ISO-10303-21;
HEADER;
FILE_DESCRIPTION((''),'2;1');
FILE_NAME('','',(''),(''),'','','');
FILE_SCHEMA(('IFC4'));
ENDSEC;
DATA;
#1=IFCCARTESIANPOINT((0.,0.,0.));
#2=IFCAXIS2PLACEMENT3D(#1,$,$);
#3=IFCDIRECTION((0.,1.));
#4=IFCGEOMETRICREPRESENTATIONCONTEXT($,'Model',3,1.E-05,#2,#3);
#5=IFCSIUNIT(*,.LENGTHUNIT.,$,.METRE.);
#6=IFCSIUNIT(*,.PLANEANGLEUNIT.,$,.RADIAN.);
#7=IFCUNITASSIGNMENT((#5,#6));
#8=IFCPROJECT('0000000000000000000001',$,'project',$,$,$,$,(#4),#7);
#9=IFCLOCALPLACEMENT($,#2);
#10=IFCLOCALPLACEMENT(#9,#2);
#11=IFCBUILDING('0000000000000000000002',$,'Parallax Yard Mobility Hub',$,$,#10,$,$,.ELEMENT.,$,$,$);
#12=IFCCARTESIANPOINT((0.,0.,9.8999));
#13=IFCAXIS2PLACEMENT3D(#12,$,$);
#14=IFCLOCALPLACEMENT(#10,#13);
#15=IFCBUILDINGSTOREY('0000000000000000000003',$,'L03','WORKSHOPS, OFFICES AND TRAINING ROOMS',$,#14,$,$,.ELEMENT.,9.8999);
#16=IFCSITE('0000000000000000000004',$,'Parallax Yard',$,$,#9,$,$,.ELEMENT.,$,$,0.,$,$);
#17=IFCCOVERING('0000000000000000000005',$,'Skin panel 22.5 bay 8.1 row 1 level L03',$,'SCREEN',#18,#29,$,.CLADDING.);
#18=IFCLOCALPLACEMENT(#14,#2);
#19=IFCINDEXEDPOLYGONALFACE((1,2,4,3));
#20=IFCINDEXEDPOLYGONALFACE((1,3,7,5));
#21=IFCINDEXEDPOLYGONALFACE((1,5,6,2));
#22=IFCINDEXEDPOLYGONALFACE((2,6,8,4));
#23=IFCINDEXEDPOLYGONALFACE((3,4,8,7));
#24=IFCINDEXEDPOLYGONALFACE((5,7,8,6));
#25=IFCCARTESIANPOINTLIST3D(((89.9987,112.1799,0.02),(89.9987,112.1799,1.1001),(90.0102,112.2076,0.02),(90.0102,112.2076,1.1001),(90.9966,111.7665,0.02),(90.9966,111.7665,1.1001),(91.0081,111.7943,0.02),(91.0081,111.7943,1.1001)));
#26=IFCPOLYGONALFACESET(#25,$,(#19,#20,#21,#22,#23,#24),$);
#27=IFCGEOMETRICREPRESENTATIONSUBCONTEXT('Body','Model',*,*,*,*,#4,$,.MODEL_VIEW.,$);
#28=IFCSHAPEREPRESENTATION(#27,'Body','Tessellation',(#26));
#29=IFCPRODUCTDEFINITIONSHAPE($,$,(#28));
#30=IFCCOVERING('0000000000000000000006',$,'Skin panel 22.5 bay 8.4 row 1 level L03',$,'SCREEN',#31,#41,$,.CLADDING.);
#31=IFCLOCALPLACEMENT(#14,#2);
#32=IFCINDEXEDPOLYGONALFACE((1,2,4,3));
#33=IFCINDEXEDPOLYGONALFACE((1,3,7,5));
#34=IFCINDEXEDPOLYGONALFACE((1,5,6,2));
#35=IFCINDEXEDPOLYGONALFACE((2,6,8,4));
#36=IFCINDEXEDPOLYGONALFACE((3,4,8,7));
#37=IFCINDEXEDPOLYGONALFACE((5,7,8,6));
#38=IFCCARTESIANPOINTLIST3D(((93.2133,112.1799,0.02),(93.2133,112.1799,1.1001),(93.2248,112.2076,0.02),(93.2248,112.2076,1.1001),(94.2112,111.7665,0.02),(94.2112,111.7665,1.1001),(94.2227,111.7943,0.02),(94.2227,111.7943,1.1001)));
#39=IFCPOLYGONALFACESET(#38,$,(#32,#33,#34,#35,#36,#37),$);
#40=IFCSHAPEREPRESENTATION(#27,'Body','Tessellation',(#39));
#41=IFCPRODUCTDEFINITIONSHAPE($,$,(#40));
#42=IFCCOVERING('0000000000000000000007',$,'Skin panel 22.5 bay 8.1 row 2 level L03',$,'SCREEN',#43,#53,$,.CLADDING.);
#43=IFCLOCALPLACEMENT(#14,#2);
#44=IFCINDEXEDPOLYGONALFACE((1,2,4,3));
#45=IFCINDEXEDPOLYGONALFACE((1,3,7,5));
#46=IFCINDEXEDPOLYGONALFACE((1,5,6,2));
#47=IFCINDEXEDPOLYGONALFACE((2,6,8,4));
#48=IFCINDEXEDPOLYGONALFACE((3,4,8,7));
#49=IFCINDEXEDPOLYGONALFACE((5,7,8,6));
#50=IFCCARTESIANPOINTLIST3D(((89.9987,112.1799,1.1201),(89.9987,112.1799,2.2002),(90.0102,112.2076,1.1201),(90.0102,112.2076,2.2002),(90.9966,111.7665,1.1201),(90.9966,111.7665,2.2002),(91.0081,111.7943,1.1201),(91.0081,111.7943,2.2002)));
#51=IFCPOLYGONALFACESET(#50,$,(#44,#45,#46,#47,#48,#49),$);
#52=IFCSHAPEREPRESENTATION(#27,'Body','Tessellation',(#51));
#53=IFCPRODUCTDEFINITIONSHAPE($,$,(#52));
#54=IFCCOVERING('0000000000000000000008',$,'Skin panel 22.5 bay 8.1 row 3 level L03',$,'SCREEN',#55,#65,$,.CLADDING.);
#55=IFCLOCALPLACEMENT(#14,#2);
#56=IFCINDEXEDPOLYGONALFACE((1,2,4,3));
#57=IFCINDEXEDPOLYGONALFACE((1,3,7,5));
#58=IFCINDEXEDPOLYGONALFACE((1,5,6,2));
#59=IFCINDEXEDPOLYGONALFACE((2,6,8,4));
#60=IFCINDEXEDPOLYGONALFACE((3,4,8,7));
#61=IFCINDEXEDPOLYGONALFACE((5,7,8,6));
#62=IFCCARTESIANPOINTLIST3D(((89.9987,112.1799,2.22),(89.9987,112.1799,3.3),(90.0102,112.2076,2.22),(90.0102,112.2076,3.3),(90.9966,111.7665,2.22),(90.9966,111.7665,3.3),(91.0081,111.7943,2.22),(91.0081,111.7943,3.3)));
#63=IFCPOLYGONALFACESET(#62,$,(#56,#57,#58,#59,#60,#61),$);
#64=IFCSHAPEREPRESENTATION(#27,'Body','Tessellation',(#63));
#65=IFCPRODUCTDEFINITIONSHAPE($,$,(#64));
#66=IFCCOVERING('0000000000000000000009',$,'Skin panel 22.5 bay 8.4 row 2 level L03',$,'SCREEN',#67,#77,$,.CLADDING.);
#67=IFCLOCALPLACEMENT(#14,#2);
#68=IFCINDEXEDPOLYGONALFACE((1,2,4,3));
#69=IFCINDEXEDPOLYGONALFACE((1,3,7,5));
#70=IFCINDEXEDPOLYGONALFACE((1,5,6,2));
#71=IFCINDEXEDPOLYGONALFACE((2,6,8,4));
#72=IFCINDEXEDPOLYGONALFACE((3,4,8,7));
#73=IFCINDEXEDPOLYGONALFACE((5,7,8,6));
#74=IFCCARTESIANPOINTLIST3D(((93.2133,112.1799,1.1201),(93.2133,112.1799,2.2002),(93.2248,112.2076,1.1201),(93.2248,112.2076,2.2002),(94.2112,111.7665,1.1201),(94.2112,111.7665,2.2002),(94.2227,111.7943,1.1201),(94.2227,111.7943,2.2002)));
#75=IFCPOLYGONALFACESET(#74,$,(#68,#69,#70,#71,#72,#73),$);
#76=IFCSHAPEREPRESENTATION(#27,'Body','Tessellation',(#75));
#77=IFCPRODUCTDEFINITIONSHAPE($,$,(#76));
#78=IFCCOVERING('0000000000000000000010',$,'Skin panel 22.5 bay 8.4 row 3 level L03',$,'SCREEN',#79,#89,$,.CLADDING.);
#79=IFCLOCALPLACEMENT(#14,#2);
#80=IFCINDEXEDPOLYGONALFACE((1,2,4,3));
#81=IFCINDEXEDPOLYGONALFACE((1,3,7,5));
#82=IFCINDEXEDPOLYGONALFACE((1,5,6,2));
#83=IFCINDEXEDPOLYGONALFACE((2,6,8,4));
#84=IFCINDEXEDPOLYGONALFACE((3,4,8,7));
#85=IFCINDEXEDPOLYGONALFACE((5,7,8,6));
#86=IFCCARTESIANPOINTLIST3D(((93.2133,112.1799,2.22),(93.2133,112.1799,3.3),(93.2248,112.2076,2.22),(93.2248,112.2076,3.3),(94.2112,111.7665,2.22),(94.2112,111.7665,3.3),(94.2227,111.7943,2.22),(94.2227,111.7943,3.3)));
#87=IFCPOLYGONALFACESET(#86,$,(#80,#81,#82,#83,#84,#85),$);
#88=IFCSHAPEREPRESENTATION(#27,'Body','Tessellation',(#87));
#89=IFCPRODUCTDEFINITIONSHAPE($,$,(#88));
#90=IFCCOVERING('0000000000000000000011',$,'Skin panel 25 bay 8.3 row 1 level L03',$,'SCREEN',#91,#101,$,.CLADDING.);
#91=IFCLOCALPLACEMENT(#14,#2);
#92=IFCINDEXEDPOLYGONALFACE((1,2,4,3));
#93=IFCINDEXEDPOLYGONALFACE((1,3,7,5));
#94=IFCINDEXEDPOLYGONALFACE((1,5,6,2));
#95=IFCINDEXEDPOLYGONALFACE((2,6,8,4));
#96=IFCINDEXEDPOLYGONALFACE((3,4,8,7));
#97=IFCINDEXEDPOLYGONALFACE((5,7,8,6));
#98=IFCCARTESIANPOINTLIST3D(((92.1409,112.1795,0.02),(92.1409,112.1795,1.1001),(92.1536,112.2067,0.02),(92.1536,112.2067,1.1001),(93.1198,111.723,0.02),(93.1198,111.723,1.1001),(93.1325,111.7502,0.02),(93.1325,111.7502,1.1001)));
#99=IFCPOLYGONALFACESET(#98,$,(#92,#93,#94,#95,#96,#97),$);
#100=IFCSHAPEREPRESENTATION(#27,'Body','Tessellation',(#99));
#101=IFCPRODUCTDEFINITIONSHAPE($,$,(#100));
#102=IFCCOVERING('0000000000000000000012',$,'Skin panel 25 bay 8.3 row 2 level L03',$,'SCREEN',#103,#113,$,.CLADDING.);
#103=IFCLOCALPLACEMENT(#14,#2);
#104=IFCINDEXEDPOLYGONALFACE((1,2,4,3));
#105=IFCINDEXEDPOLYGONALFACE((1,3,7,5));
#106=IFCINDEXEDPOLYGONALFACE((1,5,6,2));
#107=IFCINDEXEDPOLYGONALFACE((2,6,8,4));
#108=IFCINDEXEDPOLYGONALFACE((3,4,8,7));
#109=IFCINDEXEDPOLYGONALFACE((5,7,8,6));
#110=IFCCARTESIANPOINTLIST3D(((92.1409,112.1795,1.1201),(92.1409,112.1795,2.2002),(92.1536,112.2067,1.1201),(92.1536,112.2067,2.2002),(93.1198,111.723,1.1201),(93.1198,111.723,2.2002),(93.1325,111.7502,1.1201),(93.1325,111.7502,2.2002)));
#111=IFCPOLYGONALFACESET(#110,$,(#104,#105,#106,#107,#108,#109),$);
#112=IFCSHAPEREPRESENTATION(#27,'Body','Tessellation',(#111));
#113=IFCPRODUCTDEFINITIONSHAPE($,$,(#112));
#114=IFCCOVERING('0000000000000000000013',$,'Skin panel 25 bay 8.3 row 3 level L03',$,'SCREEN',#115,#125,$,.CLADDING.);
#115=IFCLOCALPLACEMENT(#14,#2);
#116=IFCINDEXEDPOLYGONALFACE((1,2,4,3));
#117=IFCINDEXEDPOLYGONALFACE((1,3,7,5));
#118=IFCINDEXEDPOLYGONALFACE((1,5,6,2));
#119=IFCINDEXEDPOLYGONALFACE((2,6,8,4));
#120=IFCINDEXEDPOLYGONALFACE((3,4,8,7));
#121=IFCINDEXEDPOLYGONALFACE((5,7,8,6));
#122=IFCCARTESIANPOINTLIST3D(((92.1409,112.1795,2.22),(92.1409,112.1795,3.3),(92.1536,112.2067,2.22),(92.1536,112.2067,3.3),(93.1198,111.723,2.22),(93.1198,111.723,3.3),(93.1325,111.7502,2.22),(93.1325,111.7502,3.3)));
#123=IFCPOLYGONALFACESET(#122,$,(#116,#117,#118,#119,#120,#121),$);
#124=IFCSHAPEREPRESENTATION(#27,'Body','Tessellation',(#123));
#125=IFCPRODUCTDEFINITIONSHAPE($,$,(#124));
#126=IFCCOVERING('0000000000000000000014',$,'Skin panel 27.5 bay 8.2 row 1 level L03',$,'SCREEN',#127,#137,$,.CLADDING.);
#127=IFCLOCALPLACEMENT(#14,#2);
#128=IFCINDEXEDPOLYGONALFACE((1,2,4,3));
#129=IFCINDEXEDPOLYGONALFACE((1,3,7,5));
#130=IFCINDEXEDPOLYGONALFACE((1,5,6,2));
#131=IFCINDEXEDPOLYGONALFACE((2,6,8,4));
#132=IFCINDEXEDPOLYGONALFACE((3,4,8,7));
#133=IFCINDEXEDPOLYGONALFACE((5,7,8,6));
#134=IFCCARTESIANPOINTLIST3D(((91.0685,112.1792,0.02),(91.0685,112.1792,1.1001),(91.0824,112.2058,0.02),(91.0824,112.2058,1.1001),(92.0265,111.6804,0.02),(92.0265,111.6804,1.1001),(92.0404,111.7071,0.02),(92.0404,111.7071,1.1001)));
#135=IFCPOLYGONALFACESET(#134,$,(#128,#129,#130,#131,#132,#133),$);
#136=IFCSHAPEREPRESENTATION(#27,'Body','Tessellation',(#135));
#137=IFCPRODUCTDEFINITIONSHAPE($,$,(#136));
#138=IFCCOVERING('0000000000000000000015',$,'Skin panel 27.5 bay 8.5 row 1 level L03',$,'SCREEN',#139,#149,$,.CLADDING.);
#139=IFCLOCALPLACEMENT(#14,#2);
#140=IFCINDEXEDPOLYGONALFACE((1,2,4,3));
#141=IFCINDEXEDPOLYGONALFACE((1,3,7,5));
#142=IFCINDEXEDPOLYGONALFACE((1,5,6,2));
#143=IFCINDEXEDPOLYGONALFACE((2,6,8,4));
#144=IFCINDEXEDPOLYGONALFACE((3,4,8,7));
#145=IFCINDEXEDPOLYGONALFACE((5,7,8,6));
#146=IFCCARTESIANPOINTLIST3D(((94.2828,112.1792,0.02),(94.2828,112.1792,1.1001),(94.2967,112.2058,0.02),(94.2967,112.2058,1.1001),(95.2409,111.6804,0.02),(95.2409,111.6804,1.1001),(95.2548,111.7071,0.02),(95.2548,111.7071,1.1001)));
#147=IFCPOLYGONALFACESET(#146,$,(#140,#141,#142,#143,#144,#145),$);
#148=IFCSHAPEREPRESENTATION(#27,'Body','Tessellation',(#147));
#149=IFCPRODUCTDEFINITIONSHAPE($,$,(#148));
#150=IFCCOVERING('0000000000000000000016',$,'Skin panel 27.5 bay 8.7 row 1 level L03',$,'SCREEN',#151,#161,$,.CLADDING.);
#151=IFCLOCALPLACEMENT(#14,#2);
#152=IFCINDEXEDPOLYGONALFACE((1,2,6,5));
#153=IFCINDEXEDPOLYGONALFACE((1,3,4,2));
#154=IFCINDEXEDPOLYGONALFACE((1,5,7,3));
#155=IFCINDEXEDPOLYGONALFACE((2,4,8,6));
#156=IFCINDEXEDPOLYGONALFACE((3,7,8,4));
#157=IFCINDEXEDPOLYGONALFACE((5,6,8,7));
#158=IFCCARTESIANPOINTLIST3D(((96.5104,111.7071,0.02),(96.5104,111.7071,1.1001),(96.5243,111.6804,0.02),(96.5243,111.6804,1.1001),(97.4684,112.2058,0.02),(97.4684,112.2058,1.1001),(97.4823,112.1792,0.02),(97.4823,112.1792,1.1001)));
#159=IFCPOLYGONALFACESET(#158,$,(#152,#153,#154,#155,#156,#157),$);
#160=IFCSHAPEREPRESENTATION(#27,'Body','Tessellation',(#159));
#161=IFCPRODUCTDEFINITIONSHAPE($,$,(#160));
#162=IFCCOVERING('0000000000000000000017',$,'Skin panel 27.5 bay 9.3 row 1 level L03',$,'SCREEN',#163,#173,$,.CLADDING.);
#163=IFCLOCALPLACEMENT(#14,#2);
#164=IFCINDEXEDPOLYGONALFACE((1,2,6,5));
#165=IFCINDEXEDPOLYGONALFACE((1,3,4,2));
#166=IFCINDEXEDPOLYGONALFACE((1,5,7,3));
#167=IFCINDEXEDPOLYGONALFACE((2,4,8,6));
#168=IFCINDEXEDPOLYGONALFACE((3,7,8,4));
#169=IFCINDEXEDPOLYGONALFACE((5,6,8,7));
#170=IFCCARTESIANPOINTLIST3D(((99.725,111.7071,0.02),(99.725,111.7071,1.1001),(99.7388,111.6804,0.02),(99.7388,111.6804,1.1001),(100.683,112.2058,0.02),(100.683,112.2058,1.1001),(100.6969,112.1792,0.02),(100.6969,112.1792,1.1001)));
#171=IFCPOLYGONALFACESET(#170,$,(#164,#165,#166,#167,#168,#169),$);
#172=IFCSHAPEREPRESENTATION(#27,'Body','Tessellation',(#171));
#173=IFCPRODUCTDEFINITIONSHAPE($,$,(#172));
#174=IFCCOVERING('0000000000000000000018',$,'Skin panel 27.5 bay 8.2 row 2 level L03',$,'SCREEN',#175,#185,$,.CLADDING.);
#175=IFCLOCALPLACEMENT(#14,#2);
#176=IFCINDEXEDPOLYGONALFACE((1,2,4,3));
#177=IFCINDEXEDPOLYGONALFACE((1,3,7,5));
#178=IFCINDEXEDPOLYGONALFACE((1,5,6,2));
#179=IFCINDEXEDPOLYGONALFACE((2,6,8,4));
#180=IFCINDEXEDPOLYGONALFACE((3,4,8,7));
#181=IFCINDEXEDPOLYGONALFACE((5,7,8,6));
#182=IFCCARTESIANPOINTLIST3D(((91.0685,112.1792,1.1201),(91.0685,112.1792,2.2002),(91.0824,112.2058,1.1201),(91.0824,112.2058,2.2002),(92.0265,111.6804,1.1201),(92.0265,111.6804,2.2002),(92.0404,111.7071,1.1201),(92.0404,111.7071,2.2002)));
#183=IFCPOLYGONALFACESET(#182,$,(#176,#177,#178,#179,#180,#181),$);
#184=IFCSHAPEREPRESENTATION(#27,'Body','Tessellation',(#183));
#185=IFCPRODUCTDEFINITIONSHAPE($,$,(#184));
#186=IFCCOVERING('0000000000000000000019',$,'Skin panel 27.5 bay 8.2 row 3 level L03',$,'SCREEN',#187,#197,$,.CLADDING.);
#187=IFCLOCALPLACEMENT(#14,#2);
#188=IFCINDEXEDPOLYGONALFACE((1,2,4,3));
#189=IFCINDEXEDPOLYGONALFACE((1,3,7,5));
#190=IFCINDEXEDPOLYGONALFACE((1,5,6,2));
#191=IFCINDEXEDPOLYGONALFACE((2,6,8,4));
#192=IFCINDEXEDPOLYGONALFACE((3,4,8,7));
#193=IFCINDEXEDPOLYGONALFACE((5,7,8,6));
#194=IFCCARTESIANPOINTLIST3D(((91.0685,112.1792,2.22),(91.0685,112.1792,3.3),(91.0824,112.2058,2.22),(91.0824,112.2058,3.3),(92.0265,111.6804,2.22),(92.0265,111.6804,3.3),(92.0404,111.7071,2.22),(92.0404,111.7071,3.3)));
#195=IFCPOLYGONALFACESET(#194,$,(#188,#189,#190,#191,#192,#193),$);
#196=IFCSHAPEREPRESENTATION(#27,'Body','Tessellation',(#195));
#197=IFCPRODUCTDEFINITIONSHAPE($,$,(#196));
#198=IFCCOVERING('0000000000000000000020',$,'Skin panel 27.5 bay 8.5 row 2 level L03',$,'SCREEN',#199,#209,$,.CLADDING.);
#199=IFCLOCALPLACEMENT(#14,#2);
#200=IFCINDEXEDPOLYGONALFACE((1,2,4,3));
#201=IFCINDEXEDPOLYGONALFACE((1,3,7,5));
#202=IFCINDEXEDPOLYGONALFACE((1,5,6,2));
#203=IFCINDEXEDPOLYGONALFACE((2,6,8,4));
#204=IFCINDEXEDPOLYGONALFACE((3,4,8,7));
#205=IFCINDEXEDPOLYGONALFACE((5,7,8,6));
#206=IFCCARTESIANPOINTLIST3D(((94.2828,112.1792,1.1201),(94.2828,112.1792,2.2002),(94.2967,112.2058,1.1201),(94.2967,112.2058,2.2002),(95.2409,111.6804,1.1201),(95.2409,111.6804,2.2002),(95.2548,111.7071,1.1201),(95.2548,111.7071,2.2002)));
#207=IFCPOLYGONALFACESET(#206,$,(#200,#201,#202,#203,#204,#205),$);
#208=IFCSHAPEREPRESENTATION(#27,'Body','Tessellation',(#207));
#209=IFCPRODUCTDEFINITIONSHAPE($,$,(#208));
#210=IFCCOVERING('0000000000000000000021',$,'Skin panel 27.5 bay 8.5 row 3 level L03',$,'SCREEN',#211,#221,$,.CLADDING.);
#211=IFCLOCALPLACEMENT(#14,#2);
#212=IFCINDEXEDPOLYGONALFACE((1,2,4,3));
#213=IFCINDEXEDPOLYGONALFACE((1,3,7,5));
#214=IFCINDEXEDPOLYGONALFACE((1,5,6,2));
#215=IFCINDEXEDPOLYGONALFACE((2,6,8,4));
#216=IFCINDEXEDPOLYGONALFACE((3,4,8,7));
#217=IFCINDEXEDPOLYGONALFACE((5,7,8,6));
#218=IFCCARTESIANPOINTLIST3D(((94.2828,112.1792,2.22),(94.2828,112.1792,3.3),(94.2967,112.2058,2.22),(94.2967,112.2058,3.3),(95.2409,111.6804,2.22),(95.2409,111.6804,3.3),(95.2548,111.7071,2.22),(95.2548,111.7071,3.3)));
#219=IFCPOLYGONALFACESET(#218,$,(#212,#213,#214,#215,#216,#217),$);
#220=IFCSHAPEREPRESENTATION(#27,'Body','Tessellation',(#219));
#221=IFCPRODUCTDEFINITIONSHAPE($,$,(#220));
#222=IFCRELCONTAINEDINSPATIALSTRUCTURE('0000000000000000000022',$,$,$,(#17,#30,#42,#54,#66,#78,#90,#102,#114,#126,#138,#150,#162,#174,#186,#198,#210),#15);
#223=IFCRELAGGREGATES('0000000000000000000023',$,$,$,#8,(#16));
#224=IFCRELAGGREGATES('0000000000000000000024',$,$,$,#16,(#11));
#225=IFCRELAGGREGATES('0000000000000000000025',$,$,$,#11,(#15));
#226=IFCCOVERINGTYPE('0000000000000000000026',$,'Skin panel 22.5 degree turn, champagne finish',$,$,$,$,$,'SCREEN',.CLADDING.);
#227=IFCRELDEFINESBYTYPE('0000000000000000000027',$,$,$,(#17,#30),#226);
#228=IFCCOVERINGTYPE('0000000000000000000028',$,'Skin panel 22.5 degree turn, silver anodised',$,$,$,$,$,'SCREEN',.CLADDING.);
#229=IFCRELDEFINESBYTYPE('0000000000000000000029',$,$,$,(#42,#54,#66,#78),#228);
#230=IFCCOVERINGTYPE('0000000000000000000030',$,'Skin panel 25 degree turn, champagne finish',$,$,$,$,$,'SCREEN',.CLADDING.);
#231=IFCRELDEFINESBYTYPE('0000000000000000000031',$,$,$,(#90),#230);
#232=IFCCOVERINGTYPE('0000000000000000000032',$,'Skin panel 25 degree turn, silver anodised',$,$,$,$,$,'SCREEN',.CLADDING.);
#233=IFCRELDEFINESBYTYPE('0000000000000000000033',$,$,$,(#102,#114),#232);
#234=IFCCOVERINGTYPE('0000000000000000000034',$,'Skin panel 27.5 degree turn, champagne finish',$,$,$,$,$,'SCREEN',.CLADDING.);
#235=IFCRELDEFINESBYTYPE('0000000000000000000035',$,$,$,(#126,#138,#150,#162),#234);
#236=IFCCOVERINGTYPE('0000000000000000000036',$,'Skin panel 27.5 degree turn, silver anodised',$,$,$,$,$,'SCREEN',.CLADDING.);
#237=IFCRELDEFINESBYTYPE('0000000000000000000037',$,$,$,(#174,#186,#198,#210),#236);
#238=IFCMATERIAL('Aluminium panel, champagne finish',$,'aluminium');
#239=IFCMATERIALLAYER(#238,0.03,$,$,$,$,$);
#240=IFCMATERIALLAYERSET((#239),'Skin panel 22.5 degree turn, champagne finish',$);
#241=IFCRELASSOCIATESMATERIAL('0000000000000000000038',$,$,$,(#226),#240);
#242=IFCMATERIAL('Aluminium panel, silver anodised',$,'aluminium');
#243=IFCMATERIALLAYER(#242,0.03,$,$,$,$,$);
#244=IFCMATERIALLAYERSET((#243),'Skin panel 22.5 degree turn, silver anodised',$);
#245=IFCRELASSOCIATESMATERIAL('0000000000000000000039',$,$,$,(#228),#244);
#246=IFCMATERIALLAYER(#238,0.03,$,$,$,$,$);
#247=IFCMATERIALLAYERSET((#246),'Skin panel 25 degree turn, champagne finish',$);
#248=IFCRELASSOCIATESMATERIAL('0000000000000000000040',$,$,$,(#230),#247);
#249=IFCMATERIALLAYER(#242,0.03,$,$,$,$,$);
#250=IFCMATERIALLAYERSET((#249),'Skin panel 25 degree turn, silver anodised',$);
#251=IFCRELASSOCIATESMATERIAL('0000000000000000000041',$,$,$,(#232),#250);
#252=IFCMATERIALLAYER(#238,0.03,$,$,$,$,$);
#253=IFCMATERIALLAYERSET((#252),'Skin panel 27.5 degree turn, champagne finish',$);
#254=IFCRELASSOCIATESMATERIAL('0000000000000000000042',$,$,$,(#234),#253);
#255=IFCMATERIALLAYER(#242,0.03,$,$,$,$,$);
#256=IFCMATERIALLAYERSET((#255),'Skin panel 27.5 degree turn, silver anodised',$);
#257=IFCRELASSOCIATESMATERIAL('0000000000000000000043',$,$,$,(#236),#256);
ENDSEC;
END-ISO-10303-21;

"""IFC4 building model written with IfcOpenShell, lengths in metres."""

from ifc_helpers import new_model, si_unit, direction, frame, origin, origin_2d, place, context, subcontext, project, spatial, rectangle, extrude, material, layer, layer_set, type_object, element, save


model = new_model("IFC4")

# Units and contexts
model_context = context("Model", 3, precision=1e-05, world=origin(), true_north=direction((0.0, 1.0)))
body_context = subcontext(model_context, "Body", "Model", "MODEL_VIEW")
ifc_project = project(units=[si_unit("LENGTHUNIT", "METRE"), si_unit("PLANEANGLEUNIT", "RADIAN")], contexts=[model_context])

# Site, building, storey
site_placement = place(None, origin())
site = spatial("IfcSite", under=ifc_project, at=site_placement, Name="Parallax Yard", CompositionType="ELEMENT", RefElevation=0.0)
building_placement = place(site_placement, origin())
building = spatial("IfcBuilding", under=site, at=building_placement, Name="Parallax Yard Mobility Hub", CompositionType="ELEMENT")
storey_placement = place(building_placement, frame((0.0, 0.0, 9.8999)))
storey = spatial("IfcBuildingStorey", under=building, at=storey_placement, Name="L03", Description="WORKSHOPS, OFFICES AND TRAINING ROOMS", CompositionType="ELEMENT", Elevation=9.8999)

# Coverings
ifc_material_1 = material(Name="Aluminium panel, champagne finish", Category="aluminium")
ifc_layer_1 = layer(ifc_material_1, 0.03)
ifc_layer_set_1 = layer_set([ifc_layer_1], Name="Skin panel 22.5 degree turn, champagne finish")
covering_type_1 = type_object("IfcCoveringType", Name="Skin panel 22.5 degree turn, champagne finish", ElementType="SCREEN", PredefinedType="CLADDING", material=ifc_layer_set_1)
for number, where, z_axis, x_axis, name in (
    (1, (90.5034, 111.9871, 0.02), (0.0, 0.0, 1.0), (0.92388, -0.382683, 0.0), "Skin panel 22.5 bay 8.1 row 1 level L03"),
    (2, (93.718, 111.9871, 0.02), (0.0, 0.0, 1.0), (0.92388, -0.382683, 0.0), "Skin panel 22.5 bay 8.4 row 1 level L03"),
):
    element("IfcCovering", number, at=place(storey_placement, frame(where, z_axis=z_axis, x_axis=x_axis)), inside=storey, type_object=covering_type_1, Name=name, ObjectType="SCREEN", PredefinedType="CLADDING", context=body_context, shape_type="SweptSolid", body=[
        extrude(rectangle(XDim=1.0801, YDim=0.03, at=origin_2d()), origin(), (0.0, 0.0, 1.0), 1.0801),
    ])
ifc_material_2 = material(Name="Aluminium panel, silver anodised", Category="aluminium")
ifc_layer_2 = layer(ifc_material_2, 0.03)
ifc_layer_set_2 = layer_set([ifc_layer_2], Name="Skin panel 22.5 degree turn, silver anodised")
covering_type_2 = type_object("IfcCoveringType", Name="Skin panel 22.5 degree turn, silver anodised", ElementType="SCREEN", PredefinedType="CLADDING", material=ifc_layer_set_2)
for number, where, z_axis, x_axis, name in (
    (3, (90.5034, 111.9871, 1.1201), (0.0, 0.0, 1.0), (0.92388, -0.382683, 0.0), "Skin panel 22.5 bay 8.1 row 2 level L03"),
    (4, (90.5034, 111.9871, 2.22), (0.0, 0.0, 1.0), (0.92388, -0.382683, 0.0), "Skin panel 22.5 bay 8.1 row 3 level L03"),
    (5, (93.718, 111.9871, 1.1201), (0.0, 0.0, 1.0), (0.92388, -0.382683, 0.0), "Skin panel 22.5 bay 8.4 row 2 level L03"),
    (6, (93.718, 111.9871, 2.22), (0.0, 0.0, 1.0), (0.92388, -0.382683, 0.0), "Skin panel 22.5 bay 8.4 row 3 level L03"),
):
    element("IfcCovering", number, at=place(storey_placement, frame(where, z_axis=z_axis, x_axis=x_axis)), inside=storey, type_object=covering_type_2, Name=name, ObjectType="SCREEN", PredefinedType="CLADDING", context=body_context, shape_type="SweptSolid", body=[
        extrude(rectangle(XDim=1.0801, YDim=0.03, at=origin_2d()), origin(), (0.0, 0.0, 1.0), 1.0801),
    ])
ifc_layer_3 = layer(ifc_material_1, 0.03)
ifc_layer_set_3 = layer_set([ifc_layer_3], Name="Skin panel 25 degree turn, champagne finish")
covering_type_3 = type_object("IfcCoveringType", Name="Skin panel 25 degree turn, champagne finish", ElementType="SCREEN", PredefinedType="CLADDING", material=ifc_layer_set_3)
covering_placement = place(storey_placement, frame((92.6367, 111.9648, 0.02), z_axis=(0.0, 0.0, 1.0), x_axis=(0.906308, -0.422618, 0.0)))
element("IfcCovering", 7, at=covering_placement, inside=storey, type_object=covering_type_3, Name="Skin panel 25 bay 8.3 row 1 level L03", ObjectType="SCREEN", PredefinedType="CLADDING", context=body_context, shape_type="SweptSolid", body=[
    extrude(rectangle(XDim=1.0801, YDim=0.03, at=origin_2d()), origin(), (0.0, 0.0, 1.0), 1.0801),
])
ifc_layer_4 = layer(ifc_material_2, 0.03)
ifc_layer_set_4 = layer_set([ifc_layer_4], Name="Skin panel 25 degree turn, silver anodised")
covering_type_4 = type_object("IfcCoveringType", Name="Skin panel 25 degree turn, silver anodised", ElementType="SCREEN", PredefinedType="CLADDING", material=ifc_layer_set_4)
for number, where, z_axis, x_axis, name in (
    (8, (92.6367, 111.9648, 1.1201), (0.0, 0.0, 1.0), (0.906308, -0.422618, 0.0), "Skin panel 25 bay 8.3 row 2 level L03"),
    (9, (92.6367, 111.9648, 2.22), (0.0, 0.0, 1.0), (0.906308, -0.422618, 0.0), "Skin panel 25 bay 8.3 row 3 level L03"),
):
    element("IfcCovering", number, at=place(storey_placement, frame(where, z_axis=z_axis, x_axis=x_axis)), inside=storey, type_object=covering_type_4, Name=name, ObjectType="SCREEN", PredefinedType="CLADDING", context=body_context, shape_type="SweptSolid", body=[
        extrude(rectangle(XDim=1.0801, YDim=0.03, at=origin_2d()), origin(), (0.0, 0.0, 1.0), 1.0801),
    ])
ifc_layer_5 = layer(ifc_material_1, 0.03)
ifc_layer_set_5 = layer_set([ifc_layer_5], Name="Skin panel 27.5 degree turn, champagne finish")
covering_type_5 = type_object("IfcCoveringType", Name="Skin panel 27.5 degree turn, champagne finish", ElementType="SCREEN", PredefinedType="CLADDING", material=ifc_layer_set_5)
for number, where, z_axis, x_axis, name in (
    (10, (91.5544, 111.9431, 0.02), (0.0, 0.0, 1.0), (0.887011, -0.461749, 0.0), "Skin panel 27.5 bay 8.2 row 1 level L03"),
    (11, (94.7688, 111.9431, 0.02), (0.0, 0.0, 1.0), (0.887011, -0.461749, 0.0), "Skin panel 27.5 bay 8.5 row 1 level L03"),
    (12, (96.9963, 111.9431, 0.02), (0.0, 0.0, 1.0), (-0.887011, -0.461749, 0.0), "Skin panel 27.5 bay 8.7 row 1 level L03"),
    (13, (100.2109, 111.9431, 0.02), (0.0, 0.0, 1.0), (-0.887011, -0.461749, 0.0), "Skin panel 27.5 bay 9.3 row 1 level L03"),
):
    element("IfcCovering", number, at=place(storey_placement, frame(where, z_axis=z_axis, x_axis=x_axis)), inside=storey, type_object=covering_type_5, Name=name, ObjectType="SCREEN", PredefinedType="CLADDING", context=body_context, shape_type="SweptSolid", body=[
        extrude(rectangle(XDim=1.0801, YDim=0.03, at=origin_2d()), origin(), (0.0, 0.0, 1.0), 1.0801),
    ])
ifc_layer_6 = layer(ifc_material_2, 0.03)
ifc_layer_set_6 = layer_set([ifc_layer_6], Name="Skin panel 27.5 degree turn, silver anodised")
covering_type_6 = type_object("IfcCoveringType", Name="Skin panel 27.5 degree turn, silver anodised", ElementType="SCREEN", PredefinedType="CLADDING", material=ifc_layer_set_6)
for number, where, z_axis, x_axis, name in (
    (14, (91.5544, 111.9431, 1.1201), (0.0, 0.0, 1.0), (0.887011, -0.461749, 0.0), "Skin panel 27.5 bay 8.2 row 2 level L03"),
    (15, (91.5544, 111.9431, 2.22), (0.0, 0.0, 1.0), (0.887011, -0.461749, 0.0), "Skin panel 27.5 bay 8.2 row 3 level L03"),
    (16, (94.7688, 111.9431, 1.1201), (0.0, 0.0, 1.0), (0.887011, -0.461749, 0.0), "Skin panel 27.5 bay 8.5 row 2 level L03"),
    (17, (94.7688, 111.9431, 2.22), (0.0, 0.0, 1.0), (0.887011, -0.461749, 0.0), "Skin panel 27.5 bay 8.5 row 3 level L03"),
):
    element("IfcCovering", number, at=place(storey_placement, frame(where, z_axis=z_axis, x_axis=x_axis)), inside=storey, type_object=covering_type_6, Name=name, ObjectType="SCREEN", PredefinedType="CLADDING", context=body_context, shape_type="SweptSolid", body=[
        extrude(rectangle(XDim=1.0801, YDim=0.03, at=origin_2d()), origin(), (0.0, 0.0, 1.0), 1.0801),
    ])

save(model, "model.ifc")
